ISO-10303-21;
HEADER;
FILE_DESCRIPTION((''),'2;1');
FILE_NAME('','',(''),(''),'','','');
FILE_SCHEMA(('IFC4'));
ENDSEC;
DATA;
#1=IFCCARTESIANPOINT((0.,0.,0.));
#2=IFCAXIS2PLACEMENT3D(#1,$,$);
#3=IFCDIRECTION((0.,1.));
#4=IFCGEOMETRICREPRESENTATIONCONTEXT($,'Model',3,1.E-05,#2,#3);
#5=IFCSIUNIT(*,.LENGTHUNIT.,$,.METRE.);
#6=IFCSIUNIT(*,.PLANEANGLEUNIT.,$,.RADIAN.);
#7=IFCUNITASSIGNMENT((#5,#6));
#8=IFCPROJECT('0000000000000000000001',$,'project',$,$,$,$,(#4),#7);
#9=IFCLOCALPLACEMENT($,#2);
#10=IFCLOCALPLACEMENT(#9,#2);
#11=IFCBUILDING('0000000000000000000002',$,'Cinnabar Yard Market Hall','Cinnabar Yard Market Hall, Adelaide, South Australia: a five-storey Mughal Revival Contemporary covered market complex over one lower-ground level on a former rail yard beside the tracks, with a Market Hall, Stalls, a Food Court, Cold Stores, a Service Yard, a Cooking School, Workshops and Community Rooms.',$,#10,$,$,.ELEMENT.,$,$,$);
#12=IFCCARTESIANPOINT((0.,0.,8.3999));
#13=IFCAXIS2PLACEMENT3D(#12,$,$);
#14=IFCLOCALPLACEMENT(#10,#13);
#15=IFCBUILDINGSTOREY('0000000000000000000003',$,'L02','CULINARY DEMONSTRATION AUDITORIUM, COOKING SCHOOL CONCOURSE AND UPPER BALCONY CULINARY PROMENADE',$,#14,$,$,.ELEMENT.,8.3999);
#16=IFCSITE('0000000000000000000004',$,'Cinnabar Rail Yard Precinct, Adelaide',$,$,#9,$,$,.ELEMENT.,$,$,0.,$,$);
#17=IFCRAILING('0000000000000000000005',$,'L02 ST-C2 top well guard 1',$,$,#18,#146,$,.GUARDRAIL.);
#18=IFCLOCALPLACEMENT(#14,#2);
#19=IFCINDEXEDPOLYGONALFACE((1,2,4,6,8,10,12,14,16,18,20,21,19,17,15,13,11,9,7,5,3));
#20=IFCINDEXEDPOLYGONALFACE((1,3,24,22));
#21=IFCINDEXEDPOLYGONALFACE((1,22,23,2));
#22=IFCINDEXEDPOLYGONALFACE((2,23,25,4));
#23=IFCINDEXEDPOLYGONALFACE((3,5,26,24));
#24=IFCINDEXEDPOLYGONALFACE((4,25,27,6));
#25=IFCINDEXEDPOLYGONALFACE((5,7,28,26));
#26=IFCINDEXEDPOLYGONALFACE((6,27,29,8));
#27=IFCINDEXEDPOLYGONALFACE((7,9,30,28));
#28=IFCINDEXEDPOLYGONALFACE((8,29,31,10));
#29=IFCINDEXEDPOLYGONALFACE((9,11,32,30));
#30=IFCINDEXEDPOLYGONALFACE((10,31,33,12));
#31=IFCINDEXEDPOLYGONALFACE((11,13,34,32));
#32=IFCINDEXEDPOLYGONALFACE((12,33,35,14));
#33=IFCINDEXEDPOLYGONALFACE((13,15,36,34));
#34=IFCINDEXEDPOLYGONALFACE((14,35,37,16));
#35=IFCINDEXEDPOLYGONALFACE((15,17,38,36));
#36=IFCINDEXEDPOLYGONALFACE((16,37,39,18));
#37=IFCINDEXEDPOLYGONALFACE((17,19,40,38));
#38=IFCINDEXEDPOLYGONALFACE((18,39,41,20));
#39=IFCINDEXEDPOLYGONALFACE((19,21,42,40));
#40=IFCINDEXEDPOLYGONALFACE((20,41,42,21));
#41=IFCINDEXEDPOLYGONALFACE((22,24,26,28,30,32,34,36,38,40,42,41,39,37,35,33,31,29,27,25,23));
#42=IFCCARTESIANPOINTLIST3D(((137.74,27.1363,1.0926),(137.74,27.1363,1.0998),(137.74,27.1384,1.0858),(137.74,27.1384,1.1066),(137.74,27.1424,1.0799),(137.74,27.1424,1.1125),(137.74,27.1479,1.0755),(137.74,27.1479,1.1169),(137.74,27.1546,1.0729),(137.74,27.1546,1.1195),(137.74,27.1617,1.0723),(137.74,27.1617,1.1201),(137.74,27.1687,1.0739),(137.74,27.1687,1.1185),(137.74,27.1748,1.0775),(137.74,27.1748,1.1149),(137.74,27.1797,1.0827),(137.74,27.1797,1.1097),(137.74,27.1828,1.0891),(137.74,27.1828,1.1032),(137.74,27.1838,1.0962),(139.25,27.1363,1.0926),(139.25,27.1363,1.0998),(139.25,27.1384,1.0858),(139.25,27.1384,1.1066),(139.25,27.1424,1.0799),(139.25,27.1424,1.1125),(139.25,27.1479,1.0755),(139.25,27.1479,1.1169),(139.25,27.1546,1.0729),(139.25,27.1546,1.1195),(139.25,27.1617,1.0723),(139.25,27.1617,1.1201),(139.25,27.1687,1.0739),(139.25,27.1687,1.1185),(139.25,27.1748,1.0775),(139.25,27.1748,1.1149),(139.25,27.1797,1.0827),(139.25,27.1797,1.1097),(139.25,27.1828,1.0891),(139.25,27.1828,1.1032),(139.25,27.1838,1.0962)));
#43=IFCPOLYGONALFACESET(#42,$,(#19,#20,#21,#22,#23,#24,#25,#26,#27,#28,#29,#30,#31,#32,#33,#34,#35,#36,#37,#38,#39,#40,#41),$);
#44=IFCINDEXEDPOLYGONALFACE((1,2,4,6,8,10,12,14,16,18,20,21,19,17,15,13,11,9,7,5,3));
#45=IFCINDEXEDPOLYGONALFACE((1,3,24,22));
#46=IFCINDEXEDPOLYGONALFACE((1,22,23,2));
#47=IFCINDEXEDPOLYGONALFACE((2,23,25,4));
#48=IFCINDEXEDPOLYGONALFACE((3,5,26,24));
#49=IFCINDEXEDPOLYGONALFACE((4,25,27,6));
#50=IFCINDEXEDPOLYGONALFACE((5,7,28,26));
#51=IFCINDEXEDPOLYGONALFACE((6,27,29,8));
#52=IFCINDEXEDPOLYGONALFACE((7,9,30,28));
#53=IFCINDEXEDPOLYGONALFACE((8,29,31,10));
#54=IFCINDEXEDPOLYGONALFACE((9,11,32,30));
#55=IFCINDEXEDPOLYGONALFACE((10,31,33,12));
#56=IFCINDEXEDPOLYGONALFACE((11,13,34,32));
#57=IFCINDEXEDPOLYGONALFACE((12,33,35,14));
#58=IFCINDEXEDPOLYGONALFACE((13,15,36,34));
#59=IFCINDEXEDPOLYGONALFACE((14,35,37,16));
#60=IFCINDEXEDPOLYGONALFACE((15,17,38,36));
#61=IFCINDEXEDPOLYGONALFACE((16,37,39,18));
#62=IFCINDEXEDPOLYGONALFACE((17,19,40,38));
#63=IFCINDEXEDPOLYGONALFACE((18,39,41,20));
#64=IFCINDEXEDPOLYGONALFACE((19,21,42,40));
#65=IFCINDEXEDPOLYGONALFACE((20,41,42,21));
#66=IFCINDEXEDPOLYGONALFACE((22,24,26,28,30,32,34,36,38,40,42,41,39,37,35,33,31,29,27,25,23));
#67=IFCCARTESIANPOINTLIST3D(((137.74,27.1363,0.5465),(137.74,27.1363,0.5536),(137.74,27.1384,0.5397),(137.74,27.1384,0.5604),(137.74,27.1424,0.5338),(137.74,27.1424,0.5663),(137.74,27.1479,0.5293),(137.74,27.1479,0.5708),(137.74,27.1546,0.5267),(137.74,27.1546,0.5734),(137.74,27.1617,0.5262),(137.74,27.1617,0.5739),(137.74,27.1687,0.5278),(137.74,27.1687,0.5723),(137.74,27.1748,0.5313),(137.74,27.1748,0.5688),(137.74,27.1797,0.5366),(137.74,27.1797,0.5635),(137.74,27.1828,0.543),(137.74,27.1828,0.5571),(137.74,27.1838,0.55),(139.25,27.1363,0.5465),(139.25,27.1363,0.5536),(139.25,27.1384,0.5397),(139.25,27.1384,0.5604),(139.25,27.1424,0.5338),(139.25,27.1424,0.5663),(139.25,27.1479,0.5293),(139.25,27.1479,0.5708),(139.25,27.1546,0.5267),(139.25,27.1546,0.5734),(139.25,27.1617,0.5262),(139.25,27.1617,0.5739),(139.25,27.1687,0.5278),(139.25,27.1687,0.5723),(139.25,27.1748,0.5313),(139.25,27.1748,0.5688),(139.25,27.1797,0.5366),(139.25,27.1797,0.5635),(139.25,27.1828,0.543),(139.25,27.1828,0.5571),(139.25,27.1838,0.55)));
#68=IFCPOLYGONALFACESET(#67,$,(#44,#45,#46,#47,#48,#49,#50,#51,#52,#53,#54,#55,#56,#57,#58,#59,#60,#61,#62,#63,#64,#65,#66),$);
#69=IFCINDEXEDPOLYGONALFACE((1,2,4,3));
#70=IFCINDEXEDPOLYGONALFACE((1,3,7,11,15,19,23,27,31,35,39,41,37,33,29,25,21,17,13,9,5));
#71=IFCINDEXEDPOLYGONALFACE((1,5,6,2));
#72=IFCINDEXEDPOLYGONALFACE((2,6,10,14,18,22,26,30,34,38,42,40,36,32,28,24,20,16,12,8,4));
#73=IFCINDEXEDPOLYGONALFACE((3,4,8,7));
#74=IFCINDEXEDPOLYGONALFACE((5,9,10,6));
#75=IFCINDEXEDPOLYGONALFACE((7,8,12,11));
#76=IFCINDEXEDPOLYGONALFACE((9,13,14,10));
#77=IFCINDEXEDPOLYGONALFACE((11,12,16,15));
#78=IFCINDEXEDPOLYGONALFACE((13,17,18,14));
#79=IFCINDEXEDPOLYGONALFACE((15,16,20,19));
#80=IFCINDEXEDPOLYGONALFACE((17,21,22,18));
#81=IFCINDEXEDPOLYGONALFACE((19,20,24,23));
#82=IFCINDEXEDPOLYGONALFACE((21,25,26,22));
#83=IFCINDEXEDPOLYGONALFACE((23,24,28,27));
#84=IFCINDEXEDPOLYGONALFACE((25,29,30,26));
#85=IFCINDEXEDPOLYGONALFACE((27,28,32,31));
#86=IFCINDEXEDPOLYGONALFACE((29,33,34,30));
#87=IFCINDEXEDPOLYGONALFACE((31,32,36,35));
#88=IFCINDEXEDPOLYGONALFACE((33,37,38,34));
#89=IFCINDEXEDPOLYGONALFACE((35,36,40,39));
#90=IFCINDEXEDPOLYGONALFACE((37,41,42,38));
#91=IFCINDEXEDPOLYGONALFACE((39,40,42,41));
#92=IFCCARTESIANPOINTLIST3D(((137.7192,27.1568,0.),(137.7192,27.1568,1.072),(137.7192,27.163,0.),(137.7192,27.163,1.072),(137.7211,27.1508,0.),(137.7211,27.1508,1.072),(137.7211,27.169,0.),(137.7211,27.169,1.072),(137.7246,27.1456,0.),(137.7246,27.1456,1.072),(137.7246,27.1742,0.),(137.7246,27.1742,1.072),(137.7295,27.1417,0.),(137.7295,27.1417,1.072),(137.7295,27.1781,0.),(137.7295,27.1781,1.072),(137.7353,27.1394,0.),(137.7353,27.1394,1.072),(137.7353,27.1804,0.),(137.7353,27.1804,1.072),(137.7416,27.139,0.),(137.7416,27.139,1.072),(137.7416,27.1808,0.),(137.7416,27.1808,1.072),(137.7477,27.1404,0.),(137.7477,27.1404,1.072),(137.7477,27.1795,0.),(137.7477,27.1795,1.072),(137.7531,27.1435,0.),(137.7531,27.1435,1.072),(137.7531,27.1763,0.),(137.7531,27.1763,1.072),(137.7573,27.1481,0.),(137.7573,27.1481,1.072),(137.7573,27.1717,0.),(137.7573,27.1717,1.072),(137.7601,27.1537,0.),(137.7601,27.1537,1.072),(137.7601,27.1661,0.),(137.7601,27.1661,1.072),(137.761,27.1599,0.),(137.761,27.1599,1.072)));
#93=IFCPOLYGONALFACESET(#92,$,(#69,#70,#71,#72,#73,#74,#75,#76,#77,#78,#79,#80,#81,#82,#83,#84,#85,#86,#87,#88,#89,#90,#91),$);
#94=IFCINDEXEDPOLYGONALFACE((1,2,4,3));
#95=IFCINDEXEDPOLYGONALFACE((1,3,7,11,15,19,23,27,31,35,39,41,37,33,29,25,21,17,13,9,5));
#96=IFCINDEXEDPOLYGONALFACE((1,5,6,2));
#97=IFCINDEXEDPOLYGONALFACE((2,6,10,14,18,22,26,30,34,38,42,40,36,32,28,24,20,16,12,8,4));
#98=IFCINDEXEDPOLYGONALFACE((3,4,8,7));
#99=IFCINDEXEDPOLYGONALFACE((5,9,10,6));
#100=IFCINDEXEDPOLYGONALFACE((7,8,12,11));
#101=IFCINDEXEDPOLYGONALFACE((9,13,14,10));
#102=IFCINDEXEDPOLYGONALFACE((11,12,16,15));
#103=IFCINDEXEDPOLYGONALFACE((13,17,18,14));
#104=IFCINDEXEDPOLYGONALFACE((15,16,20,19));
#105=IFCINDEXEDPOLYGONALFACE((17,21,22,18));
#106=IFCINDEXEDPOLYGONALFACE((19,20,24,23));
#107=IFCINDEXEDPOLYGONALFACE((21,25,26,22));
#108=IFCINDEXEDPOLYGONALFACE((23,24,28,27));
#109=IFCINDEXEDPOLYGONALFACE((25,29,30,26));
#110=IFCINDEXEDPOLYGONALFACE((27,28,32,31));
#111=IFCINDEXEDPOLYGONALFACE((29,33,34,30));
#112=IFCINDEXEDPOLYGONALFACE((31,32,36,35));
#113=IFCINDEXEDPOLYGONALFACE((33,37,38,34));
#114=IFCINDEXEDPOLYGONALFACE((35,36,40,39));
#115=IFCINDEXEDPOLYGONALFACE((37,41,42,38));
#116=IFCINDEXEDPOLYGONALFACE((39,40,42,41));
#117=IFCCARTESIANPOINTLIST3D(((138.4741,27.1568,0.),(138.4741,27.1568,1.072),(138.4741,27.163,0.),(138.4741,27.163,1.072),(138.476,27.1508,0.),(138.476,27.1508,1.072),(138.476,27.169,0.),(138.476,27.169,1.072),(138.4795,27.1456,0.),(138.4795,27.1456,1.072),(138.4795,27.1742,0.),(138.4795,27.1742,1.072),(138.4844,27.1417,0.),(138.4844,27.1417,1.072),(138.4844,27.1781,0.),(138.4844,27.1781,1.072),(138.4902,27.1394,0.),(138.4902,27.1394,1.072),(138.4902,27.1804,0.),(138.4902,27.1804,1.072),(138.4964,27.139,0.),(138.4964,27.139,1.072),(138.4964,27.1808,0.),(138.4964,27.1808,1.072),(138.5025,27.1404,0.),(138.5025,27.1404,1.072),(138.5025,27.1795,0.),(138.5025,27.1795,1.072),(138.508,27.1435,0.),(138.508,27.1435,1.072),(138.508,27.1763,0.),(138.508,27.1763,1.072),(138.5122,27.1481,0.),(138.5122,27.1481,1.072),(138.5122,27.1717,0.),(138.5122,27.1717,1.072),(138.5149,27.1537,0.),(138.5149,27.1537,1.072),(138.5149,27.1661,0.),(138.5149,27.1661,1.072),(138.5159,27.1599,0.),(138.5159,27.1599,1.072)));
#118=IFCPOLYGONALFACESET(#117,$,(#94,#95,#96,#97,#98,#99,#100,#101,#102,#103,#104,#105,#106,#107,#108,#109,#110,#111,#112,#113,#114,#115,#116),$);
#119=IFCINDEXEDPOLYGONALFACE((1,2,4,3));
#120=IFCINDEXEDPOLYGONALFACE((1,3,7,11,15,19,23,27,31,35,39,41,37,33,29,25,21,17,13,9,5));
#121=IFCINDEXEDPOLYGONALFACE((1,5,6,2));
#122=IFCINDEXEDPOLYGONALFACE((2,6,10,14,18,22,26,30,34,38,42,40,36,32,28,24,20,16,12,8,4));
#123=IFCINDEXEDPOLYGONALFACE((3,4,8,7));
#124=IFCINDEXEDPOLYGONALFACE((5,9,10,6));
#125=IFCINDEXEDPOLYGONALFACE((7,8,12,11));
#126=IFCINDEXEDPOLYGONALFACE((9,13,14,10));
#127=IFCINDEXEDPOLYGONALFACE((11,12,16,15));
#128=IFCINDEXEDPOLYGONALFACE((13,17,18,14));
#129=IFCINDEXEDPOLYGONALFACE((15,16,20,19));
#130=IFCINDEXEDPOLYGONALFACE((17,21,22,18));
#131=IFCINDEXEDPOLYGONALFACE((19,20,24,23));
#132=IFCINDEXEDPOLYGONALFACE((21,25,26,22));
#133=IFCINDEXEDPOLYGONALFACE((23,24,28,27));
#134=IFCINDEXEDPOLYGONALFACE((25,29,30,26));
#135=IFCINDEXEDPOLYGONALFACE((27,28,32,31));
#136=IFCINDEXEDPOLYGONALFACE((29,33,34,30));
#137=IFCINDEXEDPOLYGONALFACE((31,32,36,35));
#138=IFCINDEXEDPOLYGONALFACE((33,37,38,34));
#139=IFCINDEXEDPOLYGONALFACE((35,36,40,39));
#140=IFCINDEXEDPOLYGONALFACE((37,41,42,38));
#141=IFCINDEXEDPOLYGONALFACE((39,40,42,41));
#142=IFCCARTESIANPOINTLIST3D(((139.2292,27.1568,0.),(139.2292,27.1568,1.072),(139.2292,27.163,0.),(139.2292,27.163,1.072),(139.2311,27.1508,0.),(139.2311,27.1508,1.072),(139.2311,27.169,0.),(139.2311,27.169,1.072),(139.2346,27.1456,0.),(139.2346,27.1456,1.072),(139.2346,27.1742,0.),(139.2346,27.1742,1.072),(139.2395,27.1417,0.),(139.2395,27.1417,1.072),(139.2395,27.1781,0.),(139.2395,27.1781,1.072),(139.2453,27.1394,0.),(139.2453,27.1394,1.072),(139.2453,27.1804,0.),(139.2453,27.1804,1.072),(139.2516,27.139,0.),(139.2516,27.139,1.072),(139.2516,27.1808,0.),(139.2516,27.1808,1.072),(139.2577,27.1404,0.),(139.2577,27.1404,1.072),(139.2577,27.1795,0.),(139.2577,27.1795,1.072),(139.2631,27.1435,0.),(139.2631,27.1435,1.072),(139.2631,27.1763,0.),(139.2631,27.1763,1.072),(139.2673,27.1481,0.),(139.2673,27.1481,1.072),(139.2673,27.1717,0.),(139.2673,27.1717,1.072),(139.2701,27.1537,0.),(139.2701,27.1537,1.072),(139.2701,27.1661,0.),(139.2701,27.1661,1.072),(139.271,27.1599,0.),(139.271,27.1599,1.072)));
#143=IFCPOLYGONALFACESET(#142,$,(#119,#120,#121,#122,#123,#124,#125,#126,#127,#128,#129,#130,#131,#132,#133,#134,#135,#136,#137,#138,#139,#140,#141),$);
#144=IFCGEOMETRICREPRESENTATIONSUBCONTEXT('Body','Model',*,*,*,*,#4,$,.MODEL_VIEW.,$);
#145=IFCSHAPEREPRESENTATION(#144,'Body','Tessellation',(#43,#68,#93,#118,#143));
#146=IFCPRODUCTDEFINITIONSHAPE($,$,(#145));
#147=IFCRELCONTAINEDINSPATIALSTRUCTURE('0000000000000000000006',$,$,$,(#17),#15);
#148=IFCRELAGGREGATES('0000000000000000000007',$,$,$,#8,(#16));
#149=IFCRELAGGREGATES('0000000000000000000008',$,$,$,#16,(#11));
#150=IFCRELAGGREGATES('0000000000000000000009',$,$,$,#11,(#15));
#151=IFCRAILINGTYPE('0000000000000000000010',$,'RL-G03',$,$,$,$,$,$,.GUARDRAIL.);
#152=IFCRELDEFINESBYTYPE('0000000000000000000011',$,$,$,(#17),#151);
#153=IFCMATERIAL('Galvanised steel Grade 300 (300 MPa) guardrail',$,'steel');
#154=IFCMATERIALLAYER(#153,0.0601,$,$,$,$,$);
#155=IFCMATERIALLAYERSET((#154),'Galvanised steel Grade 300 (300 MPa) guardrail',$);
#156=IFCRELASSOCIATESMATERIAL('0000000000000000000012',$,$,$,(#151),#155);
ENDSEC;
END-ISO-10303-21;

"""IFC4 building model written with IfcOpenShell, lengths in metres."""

from ifc_helpers import new_model, si_unit, direction, frame, origin, origin_2d_with_axis, place, context, subcontext, project, spatial, circle, extrude, material, layer, layer_set, type_object, element, save


model = new_model("IFC4")

# Units and contexts
model_context = context("Model", 3, precision=1e-05, world=origin(), true_north=direction((0.0, 1.0)))
body_context = subcontext(model_context, "Body", "Model", "MODEL_VIEW")
ifc_project = project(units=[si_unit("LENGTHUNIT", "METRE"), si_unit("PLANEANGLEUNIT", "RADIAN")], contexts=[model_context])

# Site, building, storey
site_placement = place(None, origin())
site = spatial("IfcSite", under=ifc_project, at=site_placement, Name="Cinnabar Rail Yard Precinct, Adelaide", CompositionType="ELEMENT", RefElevation=0.0)
building_placement = place(site_placement, origin())
building = spatial("IfcBuilding", under=site, at=building_placement, Name="Cinnabar Yard Market Hall", Description="Cinnabar Yard Market Hall, Adelaide, South Australia: a five-storey Mughal Revival Contemporary covered market complex over one lower-ground level on a former rail yard beside the tracks, with a Market Hall, Stalls, a Food Court, Cold Stores, a Service Yard, a Cooking School, Workshops and Community Rooms.", CompositionType="ELEMENT")
storey_placement = place(building_placement, frame((0.0, 0.0, 8.3999)))
storey = spatial("IfcBuildingStorey", under=building, at=storey_placement, Name="L02", Description="CULINARY DEMONSTRATION AUDITORIUM, COOKING SCHOOL CONCOURSE AND UPPER BALCONY CULINARY PROMENADE", CompositionType="ELEMENT", Elevation=8.3999)

# Railing
ifc_material_1 = material(Name="Galvanised steel Grade 300 (300 MPa) guardrail", Category="steel")
ifc_layer_1 = layer(ifc_material_1, 0.0601)
ifc_layer_set_1 = layer_set([ifc_layer_1], Name="Galvanised steel Grade 300 (300 MPa) guardrail")
railing_type_1 = type_object("IfcRailingType", Name="RL-G03", PredefinedType="GUARDRAIL", material=ifc_layer_set_1)
railing_1_placement = place(storey_placement, frame((137.74, 27.1599, 0.0)))
element("IfcRailing", 1, at=railing_1_placement, inside=storey, type_object=railing_type_1, Name="L02 ST-C2 top well guard 1", PredefinedType="GUARDRAIL", context=body_context, shape_type="SweptSolid", body=[
    extrude(circle(Radius=0.0239, at=origin_2d_with_axis()), frame((0.0, 0.0, 1.0962), z_axis=(1.0, 0.0, 0.0), x_axis=(0.0, 1.0, 0.0)), (0.0, 0.0, 1.0), 1.51),
    extrude(circle(Radius=0.0239, at=origin_2d_with_axis()), frame((0.0, 0.0, 0.55), z_axis=(1.0, 0.0, 0.0), x_axis=(0.0, 1.0, 0.0)), (0.0, 0.0, 1.0), 1.51),
    extrude(circle(Radius=0.021, at=origin_2d_with_axis()), origin(), (0.0, 0.0, 1.0), 1.072),
    extrude(circle(Radius=0.021, at=origin_2d_with_axis()), frame((0.7549, 0.0, 0.0)), (0.0, 0.0, 1.0), 1.072),
    extrude(circle(Radius=0.021, at=origin_2d_with_axis()), frame((1.51, 0.0, 0.0)), (0.0, 0.0, 1.0), 1.072),
])

save(model, "model.ifc")
